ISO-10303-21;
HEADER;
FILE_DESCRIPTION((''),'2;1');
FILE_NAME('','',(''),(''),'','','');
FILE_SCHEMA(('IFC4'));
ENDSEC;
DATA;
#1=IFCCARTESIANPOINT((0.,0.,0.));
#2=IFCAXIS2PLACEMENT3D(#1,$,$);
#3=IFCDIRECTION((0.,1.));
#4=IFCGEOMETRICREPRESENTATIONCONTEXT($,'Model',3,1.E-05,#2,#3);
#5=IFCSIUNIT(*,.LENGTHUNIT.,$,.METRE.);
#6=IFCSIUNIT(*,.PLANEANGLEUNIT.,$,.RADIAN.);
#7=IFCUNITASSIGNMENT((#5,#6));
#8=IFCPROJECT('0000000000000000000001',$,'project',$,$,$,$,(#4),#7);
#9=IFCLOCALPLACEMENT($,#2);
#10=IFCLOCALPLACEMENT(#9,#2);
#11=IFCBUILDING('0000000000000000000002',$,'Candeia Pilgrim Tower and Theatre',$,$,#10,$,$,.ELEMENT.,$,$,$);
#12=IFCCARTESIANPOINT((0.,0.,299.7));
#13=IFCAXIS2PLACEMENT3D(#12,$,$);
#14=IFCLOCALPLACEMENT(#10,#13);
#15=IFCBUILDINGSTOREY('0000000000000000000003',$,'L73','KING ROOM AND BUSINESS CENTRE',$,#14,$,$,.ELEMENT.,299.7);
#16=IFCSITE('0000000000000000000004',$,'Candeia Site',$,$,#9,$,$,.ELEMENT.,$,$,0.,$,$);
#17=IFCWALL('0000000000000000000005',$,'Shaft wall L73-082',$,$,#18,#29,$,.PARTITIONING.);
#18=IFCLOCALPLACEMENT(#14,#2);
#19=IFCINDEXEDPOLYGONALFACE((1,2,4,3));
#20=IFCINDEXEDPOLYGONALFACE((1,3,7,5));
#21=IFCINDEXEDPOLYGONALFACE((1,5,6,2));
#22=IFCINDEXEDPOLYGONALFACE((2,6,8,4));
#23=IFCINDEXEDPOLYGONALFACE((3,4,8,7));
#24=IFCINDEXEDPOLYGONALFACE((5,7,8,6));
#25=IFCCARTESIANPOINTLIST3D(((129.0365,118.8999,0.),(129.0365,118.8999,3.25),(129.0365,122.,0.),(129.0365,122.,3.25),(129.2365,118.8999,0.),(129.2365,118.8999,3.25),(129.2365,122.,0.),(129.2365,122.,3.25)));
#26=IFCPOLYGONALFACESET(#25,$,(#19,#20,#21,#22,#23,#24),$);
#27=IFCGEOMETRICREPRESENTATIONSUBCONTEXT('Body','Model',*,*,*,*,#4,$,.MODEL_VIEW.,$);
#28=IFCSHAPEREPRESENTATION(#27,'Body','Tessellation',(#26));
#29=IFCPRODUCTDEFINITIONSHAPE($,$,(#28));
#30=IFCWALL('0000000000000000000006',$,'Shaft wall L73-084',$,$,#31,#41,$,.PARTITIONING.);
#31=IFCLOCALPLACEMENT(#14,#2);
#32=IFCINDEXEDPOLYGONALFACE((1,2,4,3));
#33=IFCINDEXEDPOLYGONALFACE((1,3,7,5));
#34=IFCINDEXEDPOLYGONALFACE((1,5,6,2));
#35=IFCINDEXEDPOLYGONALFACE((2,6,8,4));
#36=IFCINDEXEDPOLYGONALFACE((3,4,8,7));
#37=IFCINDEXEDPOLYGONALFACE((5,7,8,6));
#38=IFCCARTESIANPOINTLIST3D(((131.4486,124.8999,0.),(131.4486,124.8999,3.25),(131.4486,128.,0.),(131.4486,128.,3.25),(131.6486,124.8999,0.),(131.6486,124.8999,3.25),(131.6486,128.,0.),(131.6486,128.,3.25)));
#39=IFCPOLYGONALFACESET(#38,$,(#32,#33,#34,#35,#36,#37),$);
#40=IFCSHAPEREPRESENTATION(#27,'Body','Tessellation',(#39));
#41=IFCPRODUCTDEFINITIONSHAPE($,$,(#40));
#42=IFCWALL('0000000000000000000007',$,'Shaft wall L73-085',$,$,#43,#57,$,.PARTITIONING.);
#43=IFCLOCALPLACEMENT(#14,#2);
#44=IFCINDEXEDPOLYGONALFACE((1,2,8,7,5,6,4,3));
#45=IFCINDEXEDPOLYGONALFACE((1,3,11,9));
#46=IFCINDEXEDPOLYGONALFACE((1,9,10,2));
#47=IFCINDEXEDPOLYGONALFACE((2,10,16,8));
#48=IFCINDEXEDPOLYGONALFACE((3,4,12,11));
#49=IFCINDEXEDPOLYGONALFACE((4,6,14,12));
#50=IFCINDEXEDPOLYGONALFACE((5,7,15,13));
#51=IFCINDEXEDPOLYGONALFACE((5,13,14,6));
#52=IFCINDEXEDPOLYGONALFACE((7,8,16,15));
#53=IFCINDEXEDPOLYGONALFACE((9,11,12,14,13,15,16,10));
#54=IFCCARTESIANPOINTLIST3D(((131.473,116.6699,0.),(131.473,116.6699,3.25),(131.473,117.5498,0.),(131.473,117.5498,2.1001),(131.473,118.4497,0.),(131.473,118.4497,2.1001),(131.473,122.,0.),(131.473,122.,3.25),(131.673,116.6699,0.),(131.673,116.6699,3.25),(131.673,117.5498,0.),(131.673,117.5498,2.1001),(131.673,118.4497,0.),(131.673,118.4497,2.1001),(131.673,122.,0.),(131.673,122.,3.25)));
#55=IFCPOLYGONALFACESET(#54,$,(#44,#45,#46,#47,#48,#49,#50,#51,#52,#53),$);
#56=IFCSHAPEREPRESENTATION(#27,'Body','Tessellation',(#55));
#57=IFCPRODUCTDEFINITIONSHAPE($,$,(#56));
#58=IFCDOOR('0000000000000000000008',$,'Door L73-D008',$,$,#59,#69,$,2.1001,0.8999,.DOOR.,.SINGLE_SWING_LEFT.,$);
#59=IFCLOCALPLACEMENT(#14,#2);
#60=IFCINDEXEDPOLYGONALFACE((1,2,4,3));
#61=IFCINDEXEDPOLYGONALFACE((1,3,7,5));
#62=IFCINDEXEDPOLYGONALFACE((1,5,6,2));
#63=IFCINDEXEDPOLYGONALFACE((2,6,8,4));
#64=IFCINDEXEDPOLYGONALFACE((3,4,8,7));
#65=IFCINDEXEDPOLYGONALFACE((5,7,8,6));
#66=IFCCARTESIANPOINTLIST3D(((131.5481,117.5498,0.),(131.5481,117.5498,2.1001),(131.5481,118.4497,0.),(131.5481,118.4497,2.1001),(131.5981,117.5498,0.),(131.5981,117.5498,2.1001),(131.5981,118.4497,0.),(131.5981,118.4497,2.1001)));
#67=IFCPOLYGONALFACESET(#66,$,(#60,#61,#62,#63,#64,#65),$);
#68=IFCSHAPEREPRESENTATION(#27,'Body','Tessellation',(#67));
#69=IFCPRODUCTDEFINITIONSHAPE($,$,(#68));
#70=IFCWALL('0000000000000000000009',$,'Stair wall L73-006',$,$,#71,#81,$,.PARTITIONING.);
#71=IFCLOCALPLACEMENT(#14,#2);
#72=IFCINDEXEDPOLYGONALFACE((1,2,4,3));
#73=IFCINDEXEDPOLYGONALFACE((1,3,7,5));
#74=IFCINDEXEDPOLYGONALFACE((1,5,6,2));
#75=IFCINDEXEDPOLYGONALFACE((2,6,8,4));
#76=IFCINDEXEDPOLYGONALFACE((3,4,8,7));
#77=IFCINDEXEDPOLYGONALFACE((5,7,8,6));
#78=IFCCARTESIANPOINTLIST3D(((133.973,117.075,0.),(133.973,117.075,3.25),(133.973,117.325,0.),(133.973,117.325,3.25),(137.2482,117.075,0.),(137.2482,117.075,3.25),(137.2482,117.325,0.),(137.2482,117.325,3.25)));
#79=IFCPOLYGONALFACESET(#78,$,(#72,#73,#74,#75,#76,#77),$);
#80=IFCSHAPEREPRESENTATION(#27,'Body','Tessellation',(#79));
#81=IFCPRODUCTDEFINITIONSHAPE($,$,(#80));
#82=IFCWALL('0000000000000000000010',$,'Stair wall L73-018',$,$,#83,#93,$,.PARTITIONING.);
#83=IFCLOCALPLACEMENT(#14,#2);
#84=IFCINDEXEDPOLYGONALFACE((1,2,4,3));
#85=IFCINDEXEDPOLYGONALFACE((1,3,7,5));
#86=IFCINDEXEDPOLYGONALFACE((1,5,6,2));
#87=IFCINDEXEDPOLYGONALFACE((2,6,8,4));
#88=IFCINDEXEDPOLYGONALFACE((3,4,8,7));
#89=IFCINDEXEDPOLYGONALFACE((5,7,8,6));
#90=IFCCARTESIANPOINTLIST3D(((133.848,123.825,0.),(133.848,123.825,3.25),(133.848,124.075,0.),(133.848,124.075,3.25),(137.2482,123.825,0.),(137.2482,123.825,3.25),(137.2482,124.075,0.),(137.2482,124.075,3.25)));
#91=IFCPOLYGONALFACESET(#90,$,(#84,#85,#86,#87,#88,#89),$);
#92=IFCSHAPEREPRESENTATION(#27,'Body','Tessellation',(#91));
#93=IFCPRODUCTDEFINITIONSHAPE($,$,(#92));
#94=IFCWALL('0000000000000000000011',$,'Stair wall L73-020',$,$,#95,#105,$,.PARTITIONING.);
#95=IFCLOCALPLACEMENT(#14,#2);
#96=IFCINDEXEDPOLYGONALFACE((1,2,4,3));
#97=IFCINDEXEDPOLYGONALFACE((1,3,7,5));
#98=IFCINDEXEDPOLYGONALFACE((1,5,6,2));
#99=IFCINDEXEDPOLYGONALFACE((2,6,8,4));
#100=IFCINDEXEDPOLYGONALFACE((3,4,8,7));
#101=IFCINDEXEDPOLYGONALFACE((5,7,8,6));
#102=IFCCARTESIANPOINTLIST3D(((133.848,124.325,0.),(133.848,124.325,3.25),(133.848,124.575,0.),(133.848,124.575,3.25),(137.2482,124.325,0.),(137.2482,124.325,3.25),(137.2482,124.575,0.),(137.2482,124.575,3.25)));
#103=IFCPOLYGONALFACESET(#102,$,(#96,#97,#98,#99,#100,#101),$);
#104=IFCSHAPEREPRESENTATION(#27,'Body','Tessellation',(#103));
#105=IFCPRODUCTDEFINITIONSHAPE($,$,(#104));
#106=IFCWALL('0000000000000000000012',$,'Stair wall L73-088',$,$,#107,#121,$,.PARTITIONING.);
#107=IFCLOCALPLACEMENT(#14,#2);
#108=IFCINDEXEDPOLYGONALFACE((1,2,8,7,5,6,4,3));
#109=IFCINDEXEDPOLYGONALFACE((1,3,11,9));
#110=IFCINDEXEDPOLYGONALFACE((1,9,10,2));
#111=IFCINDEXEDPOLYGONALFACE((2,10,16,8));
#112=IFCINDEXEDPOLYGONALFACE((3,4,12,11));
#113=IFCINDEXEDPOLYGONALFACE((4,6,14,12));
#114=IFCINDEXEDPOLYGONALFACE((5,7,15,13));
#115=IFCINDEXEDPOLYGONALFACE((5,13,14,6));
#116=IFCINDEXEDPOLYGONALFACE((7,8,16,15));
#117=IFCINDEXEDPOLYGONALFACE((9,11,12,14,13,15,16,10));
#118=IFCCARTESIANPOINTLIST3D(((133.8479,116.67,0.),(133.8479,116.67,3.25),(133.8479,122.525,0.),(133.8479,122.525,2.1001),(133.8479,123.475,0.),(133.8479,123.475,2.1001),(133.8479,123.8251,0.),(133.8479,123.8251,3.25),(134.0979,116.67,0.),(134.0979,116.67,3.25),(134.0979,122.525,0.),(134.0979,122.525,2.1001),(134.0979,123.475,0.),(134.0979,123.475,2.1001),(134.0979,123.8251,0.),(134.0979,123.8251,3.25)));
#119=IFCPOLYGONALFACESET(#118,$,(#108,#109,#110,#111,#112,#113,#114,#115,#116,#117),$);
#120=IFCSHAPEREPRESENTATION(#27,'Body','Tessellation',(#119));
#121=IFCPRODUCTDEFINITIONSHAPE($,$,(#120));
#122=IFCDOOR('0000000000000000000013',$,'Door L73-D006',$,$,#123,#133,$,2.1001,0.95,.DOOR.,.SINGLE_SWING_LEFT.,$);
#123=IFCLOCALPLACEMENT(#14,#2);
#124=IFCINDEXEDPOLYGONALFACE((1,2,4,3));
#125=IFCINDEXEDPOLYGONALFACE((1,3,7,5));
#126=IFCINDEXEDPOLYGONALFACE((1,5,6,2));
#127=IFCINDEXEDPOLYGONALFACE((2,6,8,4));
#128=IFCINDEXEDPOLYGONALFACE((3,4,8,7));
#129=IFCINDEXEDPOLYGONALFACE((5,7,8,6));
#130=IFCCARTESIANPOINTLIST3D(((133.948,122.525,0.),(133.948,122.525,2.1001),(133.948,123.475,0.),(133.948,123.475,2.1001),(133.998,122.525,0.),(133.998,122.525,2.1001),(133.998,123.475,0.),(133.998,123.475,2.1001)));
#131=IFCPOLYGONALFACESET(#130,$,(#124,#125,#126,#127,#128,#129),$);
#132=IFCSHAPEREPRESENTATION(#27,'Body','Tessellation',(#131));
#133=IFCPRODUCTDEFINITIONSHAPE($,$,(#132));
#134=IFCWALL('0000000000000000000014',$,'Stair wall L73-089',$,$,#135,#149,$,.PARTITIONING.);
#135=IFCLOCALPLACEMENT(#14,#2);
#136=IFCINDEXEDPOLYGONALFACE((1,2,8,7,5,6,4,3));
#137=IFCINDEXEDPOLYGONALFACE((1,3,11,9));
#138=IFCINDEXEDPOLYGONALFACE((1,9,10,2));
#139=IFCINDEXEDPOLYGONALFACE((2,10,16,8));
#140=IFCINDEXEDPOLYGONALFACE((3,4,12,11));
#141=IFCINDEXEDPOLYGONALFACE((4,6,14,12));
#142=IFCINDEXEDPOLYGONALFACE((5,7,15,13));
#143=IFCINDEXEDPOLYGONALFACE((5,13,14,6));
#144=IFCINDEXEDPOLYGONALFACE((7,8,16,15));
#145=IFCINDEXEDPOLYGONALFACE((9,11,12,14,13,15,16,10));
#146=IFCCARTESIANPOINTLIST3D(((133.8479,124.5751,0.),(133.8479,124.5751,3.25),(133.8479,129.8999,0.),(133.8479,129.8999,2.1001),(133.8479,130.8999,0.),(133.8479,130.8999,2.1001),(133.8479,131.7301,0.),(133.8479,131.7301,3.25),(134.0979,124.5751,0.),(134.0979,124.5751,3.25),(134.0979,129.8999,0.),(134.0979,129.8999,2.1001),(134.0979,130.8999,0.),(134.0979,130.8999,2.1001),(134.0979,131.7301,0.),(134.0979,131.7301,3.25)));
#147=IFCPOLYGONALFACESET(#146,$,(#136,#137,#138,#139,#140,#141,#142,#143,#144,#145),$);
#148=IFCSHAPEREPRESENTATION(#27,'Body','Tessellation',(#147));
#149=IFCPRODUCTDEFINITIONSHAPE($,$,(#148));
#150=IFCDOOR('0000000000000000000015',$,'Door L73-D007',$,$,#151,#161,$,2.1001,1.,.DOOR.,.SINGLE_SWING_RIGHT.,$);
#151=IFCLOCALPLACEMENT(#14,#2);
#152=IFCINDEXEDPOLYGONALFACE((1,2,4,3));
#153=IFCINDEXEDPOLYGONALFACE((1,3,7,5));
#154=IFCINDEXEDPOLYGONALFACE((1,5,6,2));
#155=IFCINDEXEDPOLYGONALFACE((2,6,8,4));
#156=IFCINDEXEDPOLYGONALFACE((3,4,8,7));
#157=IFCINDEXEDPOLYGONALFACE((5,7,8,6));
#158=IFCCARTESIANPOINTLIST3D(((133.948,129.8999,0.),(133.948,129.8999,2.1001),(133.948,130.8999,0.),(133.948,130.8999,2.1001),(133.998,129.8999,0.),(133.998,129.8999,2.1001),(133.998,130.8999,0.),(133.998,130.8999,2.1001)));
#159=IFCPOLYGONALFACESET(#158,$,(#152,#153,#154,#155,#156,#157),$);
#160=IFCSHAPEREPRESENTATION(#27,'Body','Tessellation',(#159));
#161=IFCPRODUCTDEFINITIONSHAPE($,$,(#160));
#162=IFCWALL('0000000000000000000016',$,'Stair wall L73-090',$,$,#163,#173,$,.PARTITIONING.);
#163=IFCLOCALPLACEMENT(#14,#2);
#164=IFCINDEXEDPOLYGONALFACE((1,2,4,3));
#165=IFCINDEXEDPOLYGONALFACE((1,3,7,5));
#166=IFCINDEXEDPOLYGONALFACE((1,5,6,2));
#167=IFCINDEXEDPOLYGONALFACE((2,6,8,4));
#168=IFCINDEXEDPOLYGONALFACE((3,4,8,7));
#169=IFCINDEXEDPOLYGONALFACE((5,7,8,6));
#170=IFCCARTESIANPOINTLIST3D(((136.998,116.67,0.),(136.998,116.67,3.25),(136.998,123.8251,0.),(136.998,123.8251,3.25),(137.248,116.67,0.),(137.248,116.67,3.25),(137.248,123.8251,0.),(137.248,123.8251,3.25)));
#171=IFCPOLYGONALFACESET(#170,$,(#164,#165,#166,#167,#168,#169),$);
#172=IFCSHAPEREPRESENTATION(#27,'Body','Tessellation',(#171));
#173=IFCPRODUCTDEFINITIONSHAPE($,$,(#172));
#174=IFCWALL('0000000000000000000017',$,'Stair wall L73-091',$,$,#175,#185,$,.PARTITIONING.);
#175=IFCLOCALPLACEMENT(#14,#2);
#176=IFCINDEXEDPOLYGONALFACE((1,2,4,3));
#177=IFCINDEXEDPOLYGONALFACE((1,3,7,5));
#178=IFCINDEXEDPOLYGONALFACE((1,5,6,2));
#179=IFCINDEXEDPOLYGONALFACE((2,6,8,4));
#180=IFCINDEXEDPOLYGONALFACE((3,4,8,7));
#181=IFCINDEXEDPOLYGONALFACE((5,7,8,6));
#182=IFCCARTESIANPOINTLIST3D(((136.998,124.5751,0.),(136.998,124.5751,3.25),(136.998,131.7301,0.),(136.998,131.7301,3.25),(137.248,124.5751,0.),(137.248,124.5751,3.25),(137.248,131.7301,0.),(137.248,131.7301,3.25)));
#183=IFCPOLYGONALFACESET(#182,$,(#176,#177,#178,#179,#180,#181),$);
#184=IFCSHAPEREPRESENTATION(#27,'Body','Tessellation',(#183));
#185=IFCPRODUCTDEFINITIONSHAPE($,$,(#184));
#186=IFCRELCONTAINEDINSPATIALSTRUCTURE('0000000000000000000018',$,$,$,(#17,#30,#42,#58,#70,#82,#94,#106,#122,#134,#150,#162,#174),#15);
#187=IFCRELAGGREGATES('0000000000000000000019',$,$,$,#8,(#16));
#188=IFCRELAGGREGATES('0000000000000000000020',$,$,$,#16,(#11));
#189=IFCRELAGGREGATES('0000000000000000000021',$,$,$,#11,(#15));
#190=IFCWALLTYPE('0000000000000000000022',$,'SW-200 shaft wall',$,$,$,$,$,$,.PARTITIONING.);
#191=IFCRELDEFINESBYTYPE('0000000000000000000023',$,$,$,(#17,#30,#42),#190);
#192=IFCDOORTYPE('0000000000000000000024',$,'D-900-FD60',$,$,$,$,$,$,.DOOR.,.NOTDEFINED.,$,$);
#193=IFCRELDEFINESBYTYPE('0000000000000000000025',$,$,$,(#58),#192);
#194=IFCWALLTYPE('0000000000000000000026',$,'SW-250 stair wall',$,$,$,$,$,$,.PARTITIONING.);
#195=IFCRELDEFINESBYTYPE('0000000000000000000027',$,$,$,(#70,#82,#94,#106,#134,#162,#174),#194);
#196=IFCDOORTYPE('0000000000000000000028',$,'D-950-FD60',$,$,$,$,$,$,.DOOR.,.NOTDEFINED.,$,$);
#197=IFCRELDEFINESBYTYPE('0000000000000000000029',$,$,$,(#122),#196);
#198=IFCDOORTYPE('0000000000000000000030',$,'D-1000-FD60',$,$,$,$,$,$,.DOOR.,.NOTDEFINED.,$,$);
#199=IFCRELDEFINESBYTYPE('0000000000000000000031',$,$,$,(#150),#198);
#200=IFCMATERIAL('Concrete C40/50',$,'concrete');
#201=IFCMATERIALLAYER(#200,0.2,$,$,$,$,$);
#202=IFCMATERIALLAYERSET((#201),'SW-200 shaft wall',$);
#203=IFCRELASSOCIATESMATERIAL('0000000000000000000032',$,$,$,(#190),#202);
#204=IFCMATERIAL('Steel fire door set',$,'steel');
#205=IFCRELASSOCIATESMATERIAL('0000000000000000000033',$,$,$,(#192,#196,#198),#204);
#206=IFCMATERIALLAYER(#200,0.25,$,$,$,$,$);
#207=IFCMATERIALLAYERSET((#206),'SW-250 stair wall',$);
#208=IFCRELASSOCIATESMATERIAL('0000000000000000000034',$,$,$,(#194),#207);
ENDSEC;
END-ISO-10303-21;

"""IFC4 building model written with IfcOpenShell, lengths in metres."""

from ifc_helpers import new_model, si_unit, direction, frame, frame_2d, origin, place, context, subcontext, project, spatial, rectangle, extrude, material, layer, layer_set, type_object, element, fill, save


model = new_model("IFC4")

# Units and contexts
model_context = context("Model", 3, precision=1e-05, world=origin(), true_north=direction((0.0, 1.0)))
body_context = subcontext(model_context, "Body", "Model", "MODEL_VIEW")
ifc_project = project(units=[si_unit("LENGTHUNIT", "METRE"), si_unit("PLANEANGLEUNIT", "RADIAN")], contexts=[model_context])

# Site, building, storey
site_placement = place(None, origin())
site = spatial("IfcSite", under=ifc_project, at=site_placement, Name="Candeia Site", CompositionType="ELEMENT", RefElevation=0.0)
building_placement = place(site_placement, origin())
building = spatial("IfcBuilding", under=site, at=building_placement, Name="Candeia Pilgrim Tower and Theatre", CompositionType="ELEMENT")
storey_placement = place(building_placement, frame((0.0, 0.0, 299.7)))
storey = spatial("IfcBuildingStorey", under=building, at=storey_placement, Name="L73", Description="KING ROOM AND BUSINESS CENTRE", CompositionType="ELEMENT", Elevation=299.7)

# Shared definitions
ifc_material_1 = material(Name="Concrete C40/50", Category="concrete")

# Shared definitions
ifc_material_2 = material(Name="Steel fire door set", Category="steel")

# Shared definitions
ifc_layer_1 = layer(ifc_material_1, 0.2)
ifc_layer_set_1 = layer_set([ifc_layer_1], Name="SW-200 shaft wall")
wall_type_1 = type_object("IfcWallType", Name="SW-200 shaft wall", PredefinedType="PARTITIONING", material=ifc_layer_set_1)

# Walls
for number, where, z_axis, x_axis, name in (
    (1, (129.1365, 118.8999, 0.0), (0.0, 0.0, 1.0), (0.0, 1.0, 0.0), "Shaft wall L73-082"),
    (2, (131.5486, 124.8999, 0.0), (0.0, 0.0, 1.0), (0.0, 1.0, 0.0), "Shaft wall L73-084"),
):
    element("IfcWall", number, at=place(storey_placement, frame(where, z_axis=z_axis, x_axis=x_axis)), inside=storey, type_object=wall_type_1, Name=name, PredefinedType="PARTITIONING", context=body_context, shape_type="SweptSolid", body=[
        extrude(rectangle(XDim=3.1001, YDim=0.2, at=frame_2d((1.55, 0.0))), origin(), (0.0, 0.0, 1.0), 3.25),
    ])

# Wall, opening, door
wall_1_placement = place(storey_placement, frame((131.573, 116.6699, 0.0), z_axis=(0.0, 0.0, 1.0), x_axis=(0.0, 1.0, 0.0)))
wall_1 = element("IfcWall", 3, at=wall_1_placement, inside=storey, type_object=wall_type_1, Name="Shaft wall L73-085", PredefinedType="PARTITIONING", context=body_context, shape_type="SweptSolid", body=[
    extrude(rectangle(XDim=5.3301, YDim=0.2, at=frame_2d((2.665, 0.0))), origin(), (0.0, 0.0, 1.0), 3.25),
])
opening_1_placement = place(wall_1_placement, frame((0.8799, 0.0, 0.0)))
opening_1 = element("IfcOpeningElement", 4, at=opening_1_placement, cuts=wall_1, PredefinedType="OPENING", context=body_context, shape_type="SweptSolid", body=[
    extrude(rectangle(XDim=0.8999, YDim=2.1001, at=frame_2d((0.45, 1.05))), frame((0.0, 0.1099, 0.0), z_axis=(0.0, -1.0, 0.0), x_axis=(1.0, 0.0, 0.0)), (0.0, 0.0, 1.0), 0.22),
])
door_type_1 = type_object("IfcDoorType", Name="D-900-FD60", OperationType="NOTDEFINED", PredefinedType="DOOR", material=ifc_material_2)
door_1_placement = place(opening_1_placement, origin())
door_1 = element("IfcDoor", 5, at=door_1_placement, inside=storey, type_object=door_type_1, Name="Door L73-D008", OperationType="SINGLE_SWING_LEFT", OverallHeight=2.1001, OverallWidth=0.8999, PredefinedType="DOOR", context=body_context, shape_type="SweptSolid", body=[
    extrude(rectangle(XDim=0.8999, YDim=2.1001, at=frame_2d((0.45, 1.05))), frame((0.0, 0.0249, 0.0), z_axis=(0.0, -1.0, 0.0), x_axis=(1.0, 0.0, 0.0)), (0.0, 0.0, 1.0), 0.05),
])
fill(opening_1, door_1)

# Walls
ifc_layer_2 = layer(ifc_material_1, 0.25)
ifc_layer_set_2 = layer_set([ifc_layer_2], Name="SW-250 stair wall")
wall_type_2 = type_object("IfcWallType", Name="SW-250 stair wall", PredefinedType="PARTITIONING", material=ifc_layer_set_2)
wall_2_placement = place(storey_placement, frame((133.9729, 117.2, 0.0), z_axis=(0.0, 0.0, 1.0), x_axis=(1.0, 0.0, 0.0)))
element("IfcWall", 6, at=wall_2_placement, inside=storey, type_object=wall_type_2, Name="Stair wall L73-006", PredefinedType="PARTITIONING", context=body_context, shape_type="SweptSolid", body=[
    extrude(rectangle(XDim=3.2751, YDim=0.25, at=frame_2d((1.6377, 0.0))), origin(), (0.0, 0.0, 1.0), 3.25),
])
for number, where, z_axis, x_axis, name in (
    (7, (133.8479, 123.95, 0.0), (0.0, 0.0, 1.0), (1.0, 0.0, 0.0), "Stair wall L73-018"),
    (8, (133.8479, 124.45, 0.0), (0.0, 0.0, 1.0), (1.0, 0.0, 0.0), "Stair wall L73-020"),
):
    element("IfcWall", number, at=place(storey_placement, frame(where, z_axis=z_axis, x_axis=x_axis)), inside=storey, type_object=wall_type_2, Name=name, PredefinedType="PARTITIONING", context=body_context, shape_type="SweptSolid", body=[
        extrude(rectangle(XDim=3.4001, YDim=0.25, at=frame_2d((1.7002, 0.0))), origin(), (0.0, 0.0, 1.0), 3.25),
    ])

# Walls, openings, doors
wall_3_placement = place(storey_placement, frame((133.9729, 116.6699, 0.0), z_axis=(0.0, 0.0, 1.0), x_axis=(0.0, 1.0, 0.0)))
wall_3 = element("IfcWall", 9, at=wall_3_placement, inside=storey, type_object=wall_type_2, Name="Stair wall L73-088", PredefinedType="PARTITIONING", context=body_context, shape_type="SweptSolid", body=[
    extrude(rectangle(XDim=7.155, YDim=0.25, at=frame_2d((3.5776, 0.0))), origin(), (0.0, 0.0, 1.0), 3.25),
])
opening_2_placement = place(wall_3_placement, frame((5.855, 0.0, 0.0)))
opening_2 = element("IfcOpeningElement", 10, at=opening_2_placement, cuts=wall_3, PredefinedType="OPENING", context=body_context, shape_type="SweptSolid", body=[
    extrude(rectangle(XDim=0.95, YDim=2.1001, at=frame_2d((0.4751, 1.05))), frame((0.0, 0.135, 0.0), z_axis=(0.0, -1.0, 0.0), x_axis=(1.0, 0.0, 0.0)), (0.0, 0.0, 1.0), 0.27),
])
door_type_2 = type_object("IfcDoorType", Name="D-950-FD60", OperationType="NOTDEFINED", PredefinedType="DOOR", material=ifc_material_2)
door_2_placement = place(opening_2_placement, origin())
door_2 = element("IfcDoor", 11, at=door_2_placement, inside=storey, type_object=door_type_2, Name="Door L73-D006", OperationType="SINGLE_SWING_LEFT", OverallHeight=2.1001, OverallWidth=0.95, PredefinedType="DOOR", context=body_context, shape_type="SweptSolid", body=[
    extrude(rectangle(XDim=0.95, YDim=2.1001, at=frame_2d((0.4751, 1.05))), frame((0.0, 0.0249, 0.0), z_axis=(0.0, -1.0, 0.0), x_axis=(1.0, 0.0, 0.0)), (0.0, 0.0, 1.0), 0.05),
])
fill(opening_2, door_2)
wall_4_placement = place(storey_placement, frame((133.9729, 124.575, 0.0), z_axis=(0.0, 0.0, 1.0), x_axis=(0.0, 1.0, 0.0)))
wall_4 = element("IfcWall", 12, at=wall_4_placement, inside=storey, type_object=wall_type_2, Name="Stair wall L73-089", PredefinedType="PARTITIONING", context=body_context, shape_type="SweptSolid", body=[
    extrude(rectangle(XDim=7.155, YDim=0.25, at=frame_2d((3.5776, 0.0))), origin(), (0.0, 0.0, 1.0), 3.25),
])
opening_3_placement = place(wall_4_placement, frame((5.325, 0.0, 0.0)))
opening_3 = element("IfcOpeningElement", 13, at=opening_3_placement, cuts=wall_4, PredefinedType="OPENING", context=body_context, shape_type="SweptSolid", body=[
    extrude(rectangle(XDim=1.0, YDim=2.1001, at=frame_2d((0.5, 1.05))), frame((0.0, 0.135, 0.0), z_axis=(0.0, -1.0, 0.0), x_axis=(1.0, 0.0, 0.0)), (0.0, 0.0, 1.0), 0.27),
])
door_type_3 = type_object("IfcDoorType", Name="D-1000-FD60", OperationType="NOTDEFINED", PredefinedType="DOOR", material=ifc_material_2)
door_3_placement = place(opening_3_placement, origin())
door_3 = element("IfcDoor", 14, at=door_3_placement, inside=storey, type_object=door_type_3, Name="Door L73-D007", OperationType="SINGLE_SWING_RIGHT", OverallHeight=2.1001, OverallWidth=1.0, PredefinedType="DOOR", context=body_context, shape_type="SweptSolid", body=[
    extrude(rectangle(XDim=1.0, YDim=2.1001, at=frame_2d((0.5, 1.05))), frame((0.0, 0.0249, 0.0), z_axis=(0.0, -1.0, 0.0), x_axis=(1.0, 0.0, 0.0)), (0.0, 0.0, 1.0), 0.05),
])
fill(opening_3, door_3)

# Walls
for number, where, z_axis, x_axis, name in (
    (15, (137.123, 116.6699, 0.0), (0.0, 0.0, 1.0), (0.0, 1.0, 0.0), "Stair wall L73-090"),
    (16, (137.123, 124.575, 0.0), (0.0, 0.0, 1.0), (0.0, 1.0, 0.0), "Stair wall L73-091"),
):
    element("IfcWall", number, at=place(storey_placement, frame(where, z_axis=z_axis, x_axis=x_axis)), inside=storey, type_object=wall_type_2, Name=name, PredefinedType="PARTITIONING", context=body_context, shape_type="SweptSolid", body=[
        extrude(rectangle(XDim=7.155, YDim=0.25, at=frame_2d((3.5776, 0.0))), origin(), (0.0, 0.0, 1.0), 3.25),
    ])

save(model, "model.ifc")
